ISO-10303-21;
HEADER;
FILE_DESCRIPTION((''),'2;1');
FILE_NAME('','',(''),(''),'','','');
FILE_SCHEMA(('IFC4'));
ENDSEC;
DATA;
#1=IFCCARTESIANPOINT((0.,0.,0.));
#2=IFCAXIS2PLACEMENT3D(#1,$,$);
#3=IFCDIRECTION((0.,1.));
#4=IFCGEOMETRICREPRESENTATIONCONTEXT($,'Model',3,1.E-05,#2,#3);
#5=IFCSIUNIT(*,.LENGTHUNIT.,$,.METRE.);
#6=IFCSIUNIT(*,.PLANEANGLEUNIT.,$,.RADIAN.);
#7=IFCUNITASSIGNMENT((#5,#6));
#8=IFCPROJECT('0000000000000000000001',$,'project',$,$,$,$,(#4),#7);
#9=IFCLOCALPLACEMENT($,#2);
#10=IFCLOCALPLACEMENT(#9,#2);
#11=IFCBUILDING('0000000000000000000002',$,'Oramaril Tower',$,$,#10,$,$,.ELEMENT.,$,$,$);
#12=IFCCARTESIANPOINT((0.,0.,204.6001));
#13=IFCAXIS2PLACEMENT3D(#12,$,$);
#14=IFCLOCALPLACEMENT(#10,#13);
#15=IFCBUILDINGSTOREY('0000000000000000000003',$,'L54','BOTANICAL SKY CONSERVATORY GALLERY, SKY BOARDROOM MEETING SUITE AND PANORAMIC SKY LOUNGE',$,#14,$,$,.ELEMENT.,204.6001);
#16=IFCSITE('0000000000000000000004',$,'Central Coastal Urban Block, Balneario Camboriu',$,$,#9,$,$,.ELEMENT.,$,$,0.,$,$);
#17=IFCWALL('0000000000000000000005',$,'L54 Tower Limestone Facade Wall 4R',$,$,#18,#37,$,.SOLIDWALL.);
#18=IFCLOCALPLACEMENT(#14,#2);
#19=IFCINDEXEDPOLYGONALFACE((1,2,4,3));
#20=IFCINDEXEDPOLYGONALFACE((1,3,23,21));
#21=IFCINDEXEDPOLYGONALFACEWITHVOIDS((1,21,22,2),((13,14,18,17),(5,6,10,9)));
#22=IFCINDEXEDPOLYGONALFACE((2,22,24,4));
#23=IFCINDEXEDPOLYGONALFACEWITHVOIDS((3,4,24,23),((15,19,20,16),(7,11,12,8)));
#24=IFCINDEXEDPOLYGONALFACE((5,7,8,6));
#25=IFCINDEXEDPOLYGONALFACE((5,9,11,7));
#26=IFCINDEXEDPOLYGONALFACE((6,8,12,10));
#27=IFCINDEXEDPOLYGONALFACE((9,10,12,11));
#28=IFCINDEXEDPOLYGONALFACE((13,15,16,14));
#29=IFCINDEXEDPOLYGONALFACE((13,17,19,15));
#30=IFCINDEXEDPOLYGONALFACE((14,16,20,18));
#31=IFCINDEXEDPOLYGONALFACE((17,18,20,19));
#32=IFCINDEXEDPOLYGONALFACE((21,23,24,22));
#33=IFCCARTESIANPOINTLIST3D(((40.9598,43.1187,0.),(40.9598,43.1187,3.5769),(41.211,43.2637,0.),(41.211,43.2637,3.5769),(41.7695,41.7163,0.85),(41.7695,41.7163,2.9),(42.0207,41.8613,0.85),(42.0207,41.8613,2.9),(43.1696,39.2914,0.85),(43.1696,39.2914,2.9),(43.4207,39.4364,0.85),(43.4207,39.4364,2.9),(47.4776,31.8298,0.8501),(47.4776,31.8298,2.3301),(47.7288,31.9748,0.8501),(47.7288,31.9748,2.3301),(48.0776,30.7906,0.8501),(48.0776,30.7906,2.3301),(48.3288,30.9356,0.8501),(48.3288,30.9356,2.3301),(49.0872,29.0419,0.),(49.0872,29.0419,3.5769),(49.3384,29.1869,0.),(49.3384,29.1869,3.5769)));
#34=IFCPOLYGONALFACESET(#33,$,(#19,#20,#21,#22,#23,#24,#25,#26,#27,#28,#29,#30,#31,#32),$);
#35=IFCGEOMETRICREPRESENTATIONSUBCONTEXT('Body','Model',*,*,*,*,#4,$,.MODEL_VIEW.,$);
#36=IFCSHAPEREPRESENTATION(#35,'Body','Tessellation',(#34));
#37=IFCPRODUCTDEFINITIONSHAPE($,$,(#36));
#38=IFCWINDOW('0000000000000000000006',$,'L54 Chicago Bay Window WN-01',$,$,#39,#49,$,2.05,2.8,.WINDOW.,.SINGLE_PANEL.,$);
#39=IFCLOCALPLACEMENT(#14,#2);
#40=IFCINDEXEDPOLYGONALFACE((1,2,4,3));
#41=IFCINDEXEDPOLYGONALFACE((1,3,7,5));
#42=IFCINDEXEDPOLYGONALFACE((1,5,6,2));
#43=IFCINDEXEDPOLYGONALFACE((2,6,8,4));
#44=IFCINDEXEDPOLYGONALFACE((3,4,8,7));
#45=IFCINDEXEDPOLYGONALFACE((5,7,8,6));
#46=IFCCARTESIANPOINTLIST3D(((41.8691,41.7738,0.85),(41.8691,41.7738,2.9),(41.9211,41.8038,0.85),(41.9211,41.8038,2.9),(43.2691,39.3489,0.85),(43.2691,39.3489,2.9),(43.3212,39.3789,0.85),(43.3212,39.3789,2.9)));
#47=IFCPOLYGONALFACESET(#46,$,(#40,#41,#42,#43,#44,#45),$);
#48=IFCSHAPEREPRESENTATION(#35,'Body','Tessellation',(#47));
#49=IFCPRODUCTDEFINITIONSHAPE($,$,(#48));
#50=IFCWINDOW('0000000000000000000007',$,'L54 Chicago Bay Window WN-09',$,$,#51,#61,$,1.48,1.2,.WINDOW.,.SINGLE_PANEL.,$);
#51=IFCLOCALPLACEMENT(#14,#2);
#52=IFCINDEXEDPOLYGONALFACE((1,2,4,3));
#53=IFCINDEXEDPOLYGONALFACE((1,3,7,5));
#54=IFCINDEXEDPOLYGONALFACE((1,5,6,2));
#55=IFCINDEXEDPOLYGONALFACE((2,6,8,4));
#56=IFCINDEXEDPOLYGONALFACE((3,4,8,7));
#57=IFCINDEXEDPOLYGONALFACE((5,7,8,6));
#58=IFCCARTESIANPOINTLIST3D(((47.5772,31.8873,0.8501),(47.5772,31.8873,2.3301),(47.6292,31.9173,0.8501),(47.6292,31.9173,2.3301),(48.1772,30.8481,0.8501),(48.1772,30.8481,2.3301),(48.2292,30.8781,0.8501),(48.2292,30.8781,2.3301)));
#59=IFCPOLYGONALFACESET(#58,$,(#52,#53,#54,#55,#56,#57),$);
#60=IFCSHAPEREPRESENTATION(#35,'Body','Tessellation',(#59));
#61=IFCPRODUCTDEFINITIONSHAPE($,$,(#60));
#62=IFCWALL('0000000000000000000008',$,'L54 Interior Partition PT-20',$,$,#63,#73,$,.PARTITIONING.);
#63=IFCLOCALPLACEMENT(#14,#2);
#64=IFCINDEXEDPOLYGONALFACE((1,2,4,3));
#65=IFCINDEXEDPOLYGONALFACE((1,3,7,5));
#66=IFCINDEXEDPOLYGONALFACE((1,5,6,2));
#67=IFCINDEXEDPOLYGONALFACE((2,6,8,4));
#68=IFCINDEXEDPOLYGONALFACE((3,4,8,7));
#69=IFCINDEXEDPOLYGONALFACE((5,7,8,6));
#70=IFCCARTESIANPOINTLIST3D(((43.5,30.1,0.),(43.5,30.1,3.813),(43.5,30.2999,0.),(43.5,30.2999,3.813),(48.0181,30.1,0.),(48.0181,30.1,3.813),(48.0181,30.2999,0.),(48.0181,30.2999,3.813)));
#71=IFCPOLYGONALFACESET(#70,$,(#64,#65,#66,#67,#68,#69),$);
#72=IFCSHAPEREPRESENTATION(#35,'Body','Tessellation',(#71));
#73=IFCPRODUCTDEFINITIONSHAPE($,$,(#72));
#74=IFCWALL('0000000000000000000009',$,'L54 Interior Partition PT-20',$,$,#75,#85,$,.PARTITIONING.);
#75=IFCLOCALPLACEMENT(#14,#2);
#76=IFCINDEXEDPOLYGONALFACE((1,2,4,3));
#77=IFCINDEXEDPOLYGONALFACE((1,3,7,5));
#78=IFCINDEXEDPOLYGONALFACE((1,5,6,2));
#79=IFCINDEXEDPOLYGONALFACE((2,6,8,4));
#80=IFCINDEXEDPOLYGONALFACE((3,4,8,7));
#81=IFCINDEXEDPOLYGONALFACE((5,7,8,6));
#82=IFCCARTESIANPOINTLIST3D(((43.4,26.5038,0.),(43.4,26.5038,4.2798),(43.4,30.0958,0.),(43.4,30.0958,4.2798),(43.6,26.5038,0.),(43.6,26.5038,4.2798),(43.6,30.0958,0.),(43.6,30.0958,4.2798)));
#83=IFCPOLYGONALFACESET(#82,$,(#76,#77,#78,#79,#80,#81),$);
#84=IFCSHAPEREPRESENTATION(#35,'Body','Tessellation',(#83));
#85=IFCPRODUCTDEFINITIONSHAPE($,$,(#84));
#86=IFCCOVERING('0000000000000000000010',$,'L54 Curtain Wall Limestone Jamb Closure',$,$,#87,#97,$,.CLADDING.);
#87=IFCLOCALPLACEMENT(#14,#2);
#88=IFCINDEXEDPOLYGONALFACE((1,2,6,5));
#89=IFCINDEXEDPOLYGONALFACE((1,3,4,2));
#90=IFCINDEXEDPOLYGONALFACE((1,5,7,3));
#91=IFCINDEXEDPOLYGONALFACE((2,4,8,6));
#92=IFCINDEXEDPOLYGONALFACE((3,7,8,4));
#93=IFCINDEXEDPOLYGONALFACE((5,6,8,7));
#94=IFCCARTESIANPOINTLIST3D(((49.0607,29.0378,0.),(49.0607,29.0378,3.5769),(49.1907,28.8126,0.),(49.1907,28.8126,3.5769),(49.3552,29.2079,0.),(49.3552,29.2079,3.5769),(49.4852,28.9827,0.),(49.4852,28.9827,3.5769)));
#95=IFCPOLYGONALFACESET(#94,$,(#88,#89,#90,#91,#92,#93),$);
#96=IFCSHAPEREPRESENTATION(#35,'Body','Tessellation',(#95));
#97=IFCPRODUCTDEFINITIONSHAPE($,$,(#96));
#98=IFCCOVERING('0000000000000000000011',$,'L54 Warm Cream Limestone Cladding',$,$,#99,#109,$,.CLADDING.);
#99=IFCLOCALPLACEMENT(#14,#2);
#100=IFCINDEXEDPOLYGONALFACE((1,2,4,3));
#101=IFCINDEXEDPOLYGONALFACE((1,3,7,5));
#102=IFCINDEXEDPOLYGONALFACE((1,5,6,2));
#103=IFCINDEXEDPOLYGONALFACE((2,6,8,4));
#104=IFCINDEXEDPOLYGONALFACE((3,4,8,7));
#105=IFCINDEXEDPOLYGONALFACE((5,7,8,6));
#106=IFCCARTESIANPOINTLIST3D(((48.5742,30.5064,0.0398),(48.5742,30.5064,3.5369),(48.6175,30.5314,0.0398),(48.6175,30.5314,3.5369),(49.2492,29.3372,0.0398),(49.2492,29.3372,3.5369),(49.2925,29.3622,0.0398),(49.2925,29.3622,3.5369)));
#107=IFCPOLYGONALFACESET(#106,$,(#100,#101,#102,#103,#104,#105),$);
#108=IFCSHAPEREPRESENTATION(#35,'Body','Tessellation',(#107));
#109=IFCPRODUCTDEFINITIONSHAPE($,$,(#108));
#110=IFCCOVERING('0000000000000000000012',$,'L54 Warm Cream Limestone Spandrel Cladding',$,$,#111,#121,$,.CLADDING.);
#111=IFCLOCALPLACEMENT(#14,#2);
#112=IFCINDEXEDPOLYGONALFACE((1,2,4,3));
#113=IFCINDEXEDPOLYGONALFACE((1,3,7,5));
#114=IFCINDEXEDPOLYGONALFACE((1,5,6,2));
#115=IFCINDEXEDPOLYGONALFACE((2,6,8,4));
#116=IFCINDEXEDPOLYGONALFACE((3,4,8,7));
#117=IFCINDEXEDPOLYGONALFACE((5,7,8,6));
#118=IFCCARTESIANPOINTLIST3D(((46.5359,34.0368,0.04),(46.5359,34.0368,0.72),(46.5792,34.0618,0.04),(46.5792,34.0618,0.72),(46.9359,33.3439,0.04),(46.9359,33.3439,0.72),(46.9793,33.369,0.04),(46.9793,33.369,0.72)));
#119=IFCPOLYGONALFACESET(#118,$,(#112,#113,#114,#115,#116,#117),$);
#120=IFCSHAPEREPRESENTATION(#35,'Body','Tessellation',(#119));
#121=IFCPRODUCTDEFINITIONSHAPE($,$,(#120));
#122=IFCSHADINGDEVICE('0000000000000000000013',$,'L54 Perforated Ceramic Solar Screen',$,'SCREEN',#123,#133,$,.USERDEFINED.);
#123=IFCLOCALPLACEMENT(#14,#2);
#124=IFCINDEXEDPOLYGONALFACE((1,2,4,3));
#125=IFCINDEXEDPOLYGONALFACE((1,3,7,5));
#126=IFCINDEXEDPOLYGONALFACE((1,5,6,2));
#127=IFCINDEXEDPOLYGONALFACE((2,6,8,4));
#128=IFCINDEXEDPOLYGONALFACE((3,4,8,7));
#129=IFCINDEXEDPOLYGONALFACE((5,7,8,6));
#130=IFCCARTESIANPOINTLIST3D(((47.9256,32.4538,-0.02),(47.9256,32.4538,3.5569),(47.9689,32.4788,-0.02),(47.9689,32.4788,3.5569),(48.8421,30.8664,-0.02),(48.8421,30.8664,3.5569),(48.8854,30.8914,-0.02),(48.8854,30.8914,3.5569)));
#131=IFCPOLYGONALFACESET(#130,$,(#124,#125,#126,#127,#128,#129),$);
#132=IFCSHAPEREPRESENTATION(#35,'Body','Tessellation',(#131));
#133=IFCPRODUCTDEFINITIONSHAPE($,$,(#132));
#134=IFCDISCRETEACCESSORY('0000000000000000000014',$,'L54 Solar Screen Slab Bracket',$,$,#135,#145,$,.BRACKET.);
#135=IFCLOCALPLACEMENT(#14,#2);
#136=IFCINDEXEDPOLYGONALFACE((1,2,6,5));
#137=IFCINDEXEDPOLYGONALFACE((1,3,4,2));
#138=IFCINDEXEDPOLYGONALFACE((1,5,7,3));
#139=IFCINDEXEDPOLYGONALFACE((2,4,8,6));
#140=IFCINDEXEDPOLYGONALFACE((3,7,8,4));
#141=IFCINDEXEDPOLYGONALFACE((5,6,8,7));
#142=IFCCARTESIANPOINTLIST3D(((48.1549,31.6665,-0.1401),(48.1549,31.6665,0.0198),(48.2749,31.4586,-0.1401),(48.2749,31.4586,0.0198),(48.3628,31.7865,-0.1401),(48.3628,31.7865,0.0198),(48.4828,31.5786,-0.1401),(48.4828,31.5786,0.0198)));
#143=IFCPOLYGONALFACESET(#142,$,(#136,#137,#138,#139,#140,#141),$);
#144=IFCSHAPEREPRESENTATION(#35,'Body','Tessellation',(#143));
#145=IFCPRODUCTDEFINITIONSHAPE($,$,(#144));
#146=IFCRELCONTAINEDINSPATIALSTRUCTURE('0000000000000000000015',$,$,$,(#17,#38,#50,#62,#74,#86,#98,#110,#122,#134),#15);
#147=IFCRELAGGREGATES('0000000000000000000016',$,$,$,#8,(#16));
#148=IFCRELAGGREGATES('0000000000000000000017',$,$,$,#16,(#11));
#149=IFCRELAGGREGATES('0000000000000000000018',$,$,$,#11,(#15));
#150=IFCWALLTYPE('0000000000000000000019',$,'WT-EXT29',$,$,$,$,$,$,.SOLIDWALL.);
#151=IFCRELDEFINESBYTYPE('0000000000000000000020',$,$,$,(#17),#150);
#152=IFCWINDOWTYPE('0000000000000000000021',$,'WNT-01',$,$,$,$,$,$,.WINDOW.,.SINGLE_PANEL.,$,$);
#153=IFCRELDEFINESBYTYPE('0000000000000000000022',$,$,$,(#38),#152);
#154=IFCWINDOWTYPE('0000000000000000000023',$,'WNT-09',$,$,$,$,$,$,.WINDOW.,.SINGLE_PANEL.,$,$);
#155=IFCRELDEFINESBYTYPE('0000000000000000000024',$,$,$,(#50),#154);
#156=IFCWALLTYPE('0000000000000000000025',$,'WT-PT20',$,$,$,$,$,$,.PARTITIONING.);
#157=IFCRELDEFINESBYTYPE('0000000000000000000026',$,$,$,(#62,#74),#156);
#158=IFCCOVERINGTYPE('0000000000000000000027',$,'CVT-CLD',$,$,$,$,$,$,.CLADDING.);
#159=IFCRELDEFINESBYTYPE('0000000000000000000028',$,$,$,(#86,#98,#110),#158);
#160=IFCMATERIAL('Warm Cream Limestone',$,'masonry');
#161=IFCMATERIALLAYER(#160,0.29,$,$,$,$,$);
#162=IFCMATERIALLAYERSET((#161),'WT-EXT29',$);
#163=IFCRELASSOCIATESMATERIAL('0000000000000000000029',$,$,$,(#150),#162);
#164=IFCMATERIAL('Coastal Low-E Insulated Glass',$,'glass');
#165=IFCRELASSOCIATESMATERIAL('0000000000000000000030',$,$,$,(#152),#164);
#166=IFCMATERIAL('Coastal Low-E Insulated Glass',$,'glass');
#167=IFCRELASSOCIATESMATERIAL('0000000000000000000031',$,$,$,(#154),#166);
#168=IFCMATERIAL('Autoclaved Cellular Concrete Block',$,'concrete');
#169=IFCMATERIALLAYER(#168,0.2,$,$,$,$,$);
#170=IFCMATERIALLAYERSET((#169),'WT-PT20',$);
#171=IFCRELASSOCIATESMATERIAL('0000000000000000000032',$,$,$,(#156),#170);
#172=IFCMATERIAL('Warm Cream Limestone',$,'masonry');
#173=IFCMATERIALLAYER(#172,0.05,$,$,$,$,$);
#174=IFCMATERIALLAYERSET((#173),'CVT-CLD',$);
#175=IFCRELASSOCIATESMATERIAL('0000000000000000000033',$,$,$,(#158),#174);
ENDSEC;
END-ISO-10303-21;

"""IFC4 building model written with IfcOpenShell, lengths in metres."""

from ifc_helpers import new_model, si_unit, direction, frame, frame_2d, origin, origin_2d, place, context, subcontext, project, spatial, rectangle, extrude, material, layer, layer_set, type_object, element, fill, save


model = new_model("IFC4")

# Units and contexts
model_context = context("Model", 3, precision=1e-05, world=origin(), true_north=direction((0.0, 1.0)))
body_context = subcontext(model_context, "Body", "Model", "MODEL_VIEW")
ifc_project = project(units=[si_unit("LENGTHUNIT", "METRE"), si_unit("PLANEANGLEUNIT", "RADIAN")], contexts=[model_context])

# Site, building, storey
site_placement = place(None, origin())
site = spatial("IfcSite", under=ifc_project, at=site_placement, Name="Central Coastal Urban Block, Balneario Camboriu", CompositionType="ELEMENT", RefElevation=0.0)
building_placement = place(site_placement, origin())
building = spatial("IfcBuilding", under=site, at=building_placement, Name="Oramaril Tower", CompositionType="ELEMENT")
storey_placement = place(building_placement, frame((0.0, 0.0, 204.6001)))
storey = spatial("IfcBuildingStorey", under=building, at=storey_placement, Name="L54", Description="BOTANICAL SKY CONSERVATORY GALLERY, SKY BOARDROOM MEETING SUITE AND PANORAMIC SKY LOUNGE", CompositionType="ELEMENT", Elevation=204.6001)

# Wall, openings, windows
ifc_material_1 = material(Name="Warm Cream Limestone", Category="masonry")
ifc_layer_1 = layer(ifc_material_1, 0.29)
ifc_layer_set_1 = layer_set([ifc_layer_1], Name="WT-EXT29")
wall_type_1 = type_object("IfcWallType", Name="WT-EXT29", PredefinedType="SOLIDWALL", material=ifc_layer_set_1)
wall_1_placement = place(storey_placement, frame((49.2129, 29.1143, 0.0), z_axis=(0.0, 0.0, 1.0), x_axis=(-0.500006, 0.866022, 0.0)))
wall_1 = element("IfcWall", 1, at=wall_1_placement, inside=storey, type_object=wall_type_1, Name="L54 Tower Limestone Facade Wall 4R", PredefinedType="SOLIDWALL", context=body_context, shape_type="SweptSolid", body=[
    extrude(rectangle(XDim=16.2546, YDim=0.29, at=frame_2d((8.1274, 0.0))), origin(), (0.0, 0.0, 1.0), 3.5769),
])
opening_1_placement = place(wall_1_placement, frame((2.0193, 0.0, 0.8501)))
opening_1 = element("IfcOpeningElement", 2, at=opening_1_placement, cuts=wall_1, PredefinedType="OPENING", context=body_context, shape_type="SweptSolid", body=[
    extrude(rectangle(XDim=1.2, YDim=1.48, at=frame_2d((0.6001, 0.74))), frame((0.0, 0.145, 0.0), z_axis=(0.0, -1.0, 0.0), x_axis=(1.0, 0.0, 0.0)), (0.0, 0.0, 1.0), 0.29),
])
opening_2_placement = place(wall_1_placement, frame((11.8354, 0.0, 0.8501)))
opening_2 = element("IfcOpeningElement", 3, at=opening_2_placement, cuts=wall_1, PredefinedType="OPENING", context=body_context, shape_type="SweptSolid", body=[
    extrude(rectangle(XDim=2.8, YDim=2.05, at=frame_2d((1.3999, 1.0249))), frame((0.0, 0.145, 0.0), z_axis=(0.0, -1.0, 0.0), x_axis=(1.0, 0.0, 0.0)), (0.0, 0.0, 1.0), 0.29),
])
ifc_material_2 = material(Name="Coastal Low-E Insulated Glass", Category="glass")
window_type_1 = type_object("IfcWindowType", Name="WNT-01", PartitioningType="SINGLE_PANEL", PredefinedType="WINDOW", material=ifc_material_2)
window_1_placement = place(opening_2_placement, origin())
window_1 = element("IfcWindow", 4, at=window_1_placement, inside=storey, type_object=window_type_1, Name="L54 Chicago Bay Window WN-01", OverallHeight=2.05, OverallWidth=2.8, PartitioningType="SINGLE_PANEL", PredefinedType="WINDOW", context=body_context, shape_type="SweptSolid", body=[
    extrude(rectangle(XDim=2.8, YDim=2.05, at=frame_2d((1.3999, 1.0249))), frame((0.0, 0.03, 0.0), z_axis=(0.0, -1.0, 0.0), x_axis=(1.0, 0.0, 0.0)), (0.0, 0.0, 1.0), 0.0601),
])
fill(opening_2, window_1)
ifc_material_3 = material(Name="Coastal Low-E Insulated Glass", Category="glass")
window_type_2 = type_object("IfcWindowType", Name="WNT-09", PartitioningType="SINGLE_PANEL", PredefinedType="WINDOW", material=ifc_material_3)
window_2_placement = place(opening_1_placement, origin())
window_2 = element("IfcWindow", 5, at=window_2_placement, inside=storey, type_object=window_type_2, Name="L54 Chicago Bay Window WN-09", OverallHeight=1.48, OverallWidth=1.2, PartitioningType="SINGLE_PANEL", PredefinedType="WINDOW", context=body_context, shape_type="SweptSolid", body=[
    extrude(rectangle(XDim=1.2, YDim=1.48, at=frame_2d((0.6001, 0.74))), frame((0.0, 0.03, 0.0), z_axis=(0.0, -1.0, 0.0), x_axis=(1.0, 0.0, 0.0)), (0.0, 0.0, 1.0), 0.0601),
])
fill(opening_1, window_2)

# Walls
ifc_material_4 = material(Name="Autoclaved Cellular Concrete Block", Category="concrete")
ifc_layer_2 = layer(ifc_material_4, 0.2)
ifc_layer_set_2 = layer_set([ifc_layer_2], Name="WT-PT20")
wall_type_2 = type_object("IfcWallType", Name="WT-PT20", PredefinedType="PARTITIONING", material=ifc_layer_set_2)
wall_2_placement = place(storey_placement, frame((43.5, 30.2, 0.0), z_axis=(0.0, 0.0, 1.0), x_axis=(1.0, 0.0, 0.0)))
element("IfcWall", 6, at=wall_2_placement, inside=storey, type_object=wall_type_2, Name="L54 Interior Partition PT-20", PredefinedType="PARTITIONING", context=body_context, shape_type="SweptSolid", body=[
    extrude(rectangle(XDim=4.5181, YDim=0.2, at=frame_2d((2.259, 0.0))), origin(), (0.0, 0.0, 1.0), 3.813),
])
wall_3_placement = place(storey_placement, frame((43.5, 26.5039, 0.0), z_axis=(0.0, 0.0, 1.0), x_axis=(0.0, 1.0, 0.0)))
element("IfcWall", 7, at=wall_3_placement, inside=storey, type_object=wall_type_2, Name="L54 Interior Partition PT-20", PredefinedType="PARTITIONING", context=body_context, shape_type="SweptSolid", body=[
    extrude(rectangle(XDim=3.592, YDim=0.2, at=frame_2d((1.7959, 0.0))), origin(), (0.0, 0.0, 1.0), 4.2798),
])

# Coverings
ifc_material_5 = material(Name="Warm Cream Limestone", Category="masonry")
ifc_layer_3 = layer(ifc_material_5, 0.05)
ifc_layer_set_3 = layer_set([ifc_layer_3], Name="CVT-CLD")
covering_type = type_object("IfcCoveringType", Name="CVT-CLD", PredefinedType="CLADDING", material=ifc_layer_set_3)
covering_1_placement = place(storey_placement, frame((49.2729, 29.0103, 0.0), z_axis=(0.0, 0.0, 1.0), x_axis=(-0.5, 0.866025, 0.0)))
element("IfcCovering", 8, at=covering_1_placement, inside=storey, type_object=covering_type, Name="L54 Curtain Wall Limestone Jamb Closure", PredefinedType="CLADDING", context=body_context, shape_type="SweptSolid", body=[
    extrude(rectangle(XDim=0.26, YDim=0.3401, at=origin_2d()), origin(), (0.0, 0.0, 1.0), 3.5769),
])
covering_2_placement = place(storey_placement, frame((48.9333, 29.9343, 0.0398), z_axis=(0.0, 0.0, 1.0), x_axis=(-0.5, 0.866025, 0.0)))
element("IfcCovering", 9, at=covering_2_placement, inside=storey, type_object=covering_type, Name="L54 Warm Cream Limestone Cladding", PredefinedType="CLADDING", context=body_context, shape_type="SweptSolid", body=[
    extrude(rectangle(XDim=1.3501, YDim=0.05, at=origin_2d()), origin(), (0.0, 0.0, 1.0), 3.4971),
])
covering_3_placement = place(storey_placement, frame((46.7576, 33.7029, 0.04), z_axis=(0.0, 0.0, 1.0), x_axis=(-0.5, 0.866025, 0.0)))
element("IfcCovering", 10, at=covering_3_placement, inside=storey, type_object=covering_type, Name="L54 Warm Cream Limestone Spandrel Cladding", PredefinedType="CLADDING", context=body_context, shape_type="SweptSolid", body=[
    extrude(rectangle(XDim=0.8, YDim=0.05, at=origin_2d()), origin(), (0.0, 0.0, 1.0), 0.6799),
])

# Shading device
shading_device_placement = place(storey_placement, frame((48.4055, 31.6726, -0.02), z_axis=(0.0, 0.0, 1.0), x_axis=(-0.500002, 0.866025, 0.0)))
element("IfcShadingDevice", 11, at=shading_device_placement, inside=storey, Name="L54 Perforated Ceramic Solar Screen", ObjectType="SCREEN", PredefinedType="USERDEFINED", context=body_context, shape_type="SweptSolid", body=[
    extrude(rectangle(XDim=1.833, YDim=0.05, at=origin_2d()), origin(), (0.0, 0.0, 1.0), 3.5769),
])

# Discrete accessory
discrete_accessory_placement = place(storey_placement, frame((48.3188, 31.6226, -0.1401), z_axis=(0.0, 0.0, 1.0), x_axis=(-0.500002, 0.866025, 0.0)))
element("IfcDiscreteAccessory", 12, at=discrete_accessory_placement, inside=storey, Name="L54 Solar Screen Slab Bracket", PredefinedType="BRACKET", context=body_context, shape_type="SweptSolid", body=[
    extrude(rectangle(XDim=0.24, YDim=0.24, at=origin_2d()), origin(), (0.0, 0.0, 1.0), 0.1599),
])

save(model, "model.ifc")
